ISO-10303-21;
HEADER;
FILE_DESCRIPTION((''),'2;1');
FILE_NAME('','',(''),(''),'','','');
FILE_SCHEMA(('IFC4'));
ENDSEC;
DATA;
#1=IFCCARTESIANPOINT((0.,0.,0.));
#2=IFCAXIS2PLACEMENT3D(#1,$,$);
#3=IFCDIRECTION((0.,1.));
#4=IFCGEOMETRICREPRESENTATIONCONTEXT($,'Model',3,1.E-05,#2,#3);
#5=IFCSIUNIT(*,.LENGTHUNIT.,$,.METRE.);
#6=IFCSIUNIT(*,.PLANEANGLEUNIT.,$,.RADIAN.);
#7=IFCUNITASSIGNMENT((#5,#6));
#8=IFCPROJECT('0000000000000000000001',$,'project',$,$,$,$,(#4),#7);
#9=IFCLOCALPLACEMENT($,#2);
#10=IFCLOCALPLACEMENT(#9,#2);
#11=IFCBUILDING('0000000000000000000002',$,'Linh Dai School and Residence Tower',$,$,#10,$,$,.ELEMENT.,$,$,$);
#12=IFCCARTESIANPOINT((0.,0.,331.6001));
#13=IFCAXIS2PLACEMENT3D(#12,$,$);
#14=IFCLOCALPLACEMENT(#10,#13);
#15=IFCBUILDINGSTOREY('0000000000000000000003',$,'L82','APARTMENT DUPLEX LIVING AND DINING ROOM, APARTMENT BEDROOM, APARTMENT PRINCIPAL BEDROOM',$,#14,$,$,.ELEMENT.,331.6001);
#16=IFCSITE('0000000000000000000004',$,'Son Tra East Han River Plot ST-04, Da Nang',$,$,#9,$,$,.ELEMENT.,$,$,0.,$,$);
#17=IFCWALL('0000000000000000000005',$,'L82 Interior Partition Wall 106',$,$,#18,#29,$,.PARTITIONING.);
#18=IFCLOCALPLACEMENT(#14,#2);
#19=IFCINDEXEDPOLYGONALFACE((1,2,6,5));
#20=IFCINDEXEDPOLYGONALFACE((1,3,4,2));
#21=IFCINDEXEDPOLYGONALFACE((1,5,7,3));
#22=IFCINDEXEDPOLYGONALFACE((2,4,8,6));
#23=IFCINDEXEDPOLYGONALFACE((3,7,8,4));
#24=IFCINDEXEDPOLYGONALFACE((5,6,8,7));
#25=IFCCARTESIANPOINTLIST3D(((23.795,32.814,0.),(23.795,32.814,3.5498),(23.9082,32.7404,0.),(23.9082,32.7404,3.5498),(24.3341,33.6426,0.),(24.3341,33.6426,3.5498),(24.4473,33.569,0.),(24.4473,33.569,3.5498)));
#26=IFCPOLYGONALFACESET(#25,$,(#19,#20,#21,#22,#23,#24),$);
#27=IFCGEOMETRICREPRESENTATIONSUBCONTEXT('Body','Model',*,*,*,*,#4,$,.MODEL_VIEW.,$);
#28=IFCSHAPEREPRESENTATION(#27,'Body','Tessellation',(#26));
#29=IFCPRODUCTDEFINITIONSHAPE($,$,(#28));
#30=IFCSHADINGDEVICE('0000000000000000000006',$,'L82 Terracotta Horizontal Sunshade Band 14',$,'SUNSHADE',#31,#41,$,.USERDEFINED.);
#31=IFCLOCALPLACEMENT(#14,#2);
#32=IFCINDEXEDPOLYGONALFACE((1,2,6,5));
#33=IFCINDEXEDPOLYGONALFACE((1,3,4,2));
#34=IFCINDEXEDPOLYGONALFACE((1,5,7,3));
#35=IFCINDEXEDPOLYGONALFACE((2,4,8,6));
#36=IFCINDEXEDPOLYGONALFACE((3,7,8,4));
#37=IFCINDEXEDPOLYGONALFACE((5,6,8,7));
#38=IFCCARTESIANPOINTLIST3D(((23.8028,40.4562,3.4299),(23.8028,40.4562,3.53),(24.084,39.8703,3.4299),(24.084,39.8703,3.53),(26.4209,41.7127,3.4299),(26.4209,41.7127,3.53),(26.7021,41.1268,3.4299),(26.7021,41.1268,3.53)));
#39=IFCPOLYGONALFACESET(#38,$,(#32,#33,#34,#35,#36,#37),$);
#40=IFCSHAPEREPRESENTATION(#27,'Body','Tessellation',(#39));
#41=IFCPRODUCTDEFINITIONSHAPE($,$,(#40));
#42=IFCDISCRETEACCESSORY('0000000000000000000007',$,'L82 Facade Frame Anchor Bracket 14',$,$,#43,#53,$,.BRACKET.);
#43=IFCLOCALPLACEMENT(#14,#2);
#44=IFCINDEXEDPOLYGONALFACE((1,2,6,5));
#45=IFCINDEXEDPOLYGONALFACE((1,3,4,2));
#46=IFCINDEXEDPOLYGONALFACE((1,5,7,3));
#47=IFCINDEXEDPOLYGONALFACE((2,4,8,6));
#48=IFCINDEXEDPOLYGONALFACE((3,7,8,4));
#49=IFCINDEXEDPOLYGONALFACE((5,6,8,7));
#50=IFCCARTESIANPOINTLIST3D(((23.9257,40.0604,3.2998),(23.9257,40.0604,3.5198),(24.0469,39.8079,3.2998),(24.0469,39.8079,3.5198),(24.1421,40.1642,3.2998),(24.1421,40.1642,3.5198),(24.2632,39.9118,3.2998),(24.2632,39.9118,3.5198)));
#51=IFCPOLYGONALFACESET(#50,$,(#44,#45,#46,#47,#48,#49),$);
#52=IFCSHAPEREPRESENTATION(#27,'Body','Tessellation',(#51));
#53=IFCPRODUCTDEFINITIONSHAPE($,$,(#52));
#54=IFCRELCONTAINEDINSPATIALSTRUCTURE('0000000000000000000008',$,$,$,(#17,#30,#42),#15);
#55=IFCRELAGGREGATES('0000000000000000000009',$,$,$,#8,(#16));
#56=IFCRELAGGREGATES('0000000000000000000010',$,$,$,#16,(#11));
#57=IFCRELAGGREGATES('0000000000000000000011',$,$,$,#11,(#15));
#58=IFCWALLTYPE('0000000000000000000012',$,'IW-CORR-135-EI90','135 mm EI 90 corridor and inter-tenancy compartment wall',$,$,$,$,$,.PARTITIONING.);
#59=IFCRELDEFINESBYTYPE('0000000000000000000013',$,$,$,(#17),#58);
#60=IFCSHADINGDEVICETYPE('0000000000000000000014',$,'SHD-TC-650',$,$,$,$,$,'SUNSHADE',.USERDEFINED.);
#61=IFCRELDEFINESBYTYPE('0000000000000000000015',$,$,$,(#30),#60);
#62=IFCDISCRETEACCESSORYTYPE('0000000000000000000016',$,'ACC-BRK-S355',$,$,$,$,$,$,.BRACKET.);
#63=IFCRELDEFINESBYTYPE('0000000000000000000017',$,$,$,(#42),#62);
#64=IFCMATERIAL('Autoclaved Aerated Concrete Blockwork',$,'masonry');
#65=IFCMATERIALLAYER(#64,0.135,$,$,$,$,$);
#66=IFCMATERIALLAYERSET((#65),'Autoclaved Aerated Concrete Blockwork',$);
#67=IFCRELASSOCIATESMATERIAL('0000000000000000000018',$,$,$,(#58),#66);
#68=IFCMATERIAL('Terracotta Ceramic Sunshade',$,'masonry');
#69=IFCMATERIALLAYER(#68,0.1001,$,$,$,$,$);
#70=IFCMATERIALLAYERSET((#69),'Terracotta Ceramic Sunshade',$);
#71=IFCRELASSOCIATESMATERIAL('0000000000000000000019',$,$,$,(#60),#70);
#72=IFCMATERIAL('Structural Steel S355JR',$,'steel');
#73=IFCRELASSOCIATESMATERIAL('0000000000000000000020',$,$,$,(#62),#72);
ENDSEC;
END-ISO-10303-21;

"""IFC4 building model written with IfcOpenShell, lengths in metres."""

from ifc_helpers import new_model, si_unit, direction, frame, frame_2d, origin, origin_2d, place, context, subcontext, project, spatial, rectangle, extrude, source, transform, mapped, material, layer, layer_set, type_object, element, save


model = new_model("IFC4")

# Units and contexts
model_context = context("Model", 3, precision=1e-05, world=origin(), true_north=direction((0.0, 1.0)))
body_context = subcontext(model_context, "Body", "Model", "MODEL_VIEW")
ifc_project = project(units=[si_unit("LENGTHUNIT", "METRE"), si_unit("PLANEANGLEUNIT", "RADIAN")], contexts=[model_context])

# Site, building, storey
site_placement = place(None, origin())
site = spatial("IfcSite", under=ifc_project, at=site_placement, Name="Son Tra East Han River Plot ST-04, Da Nang", CompositionType="ELEMENT", RefElevation=0.0)
building_placement = place(site_placement, origin())
building = spatial("IfcBuilding", under=site, at=building_placement, Name="Linh Dai School and Residence Tower", CompositionType="ELEMENT")
storey_placement = place(building_placement, frame((0.0, 0.0, 331.6001)))
storey = spatial("IfcBuildingStorey", under=building, at=storey_placement, Name="L82", Description="APARTMENT DUPLEX LIVING AND DINING ROOM, APARTMENT BEDROOM, APARTMENT PRINCIPAL BEDROOM", CompositionType="ELEMENT", Elevation=331.6001)

# Shared definitions
ifc_material_1 = material(Name="Structural Steel S355JR", Category="steel")

# Shared definitions
ifc_material_2 = material(Name="Autoclaved Aerated Concrete Blockwork", Category="masonry")
ifc_layer_1 = layer(ifc_material_2, 0.135)
ifc_layer_set_1 = layer_set([ifc_layer_1], Name="Autoclaved Aerated Concrete Blockwork")
wall_type_1 = type_object("IfcWallType", Name="IW-CORR-135-EI90", Description="135 mm EI 90 corridor and inter-tenancy compartment wall", PredefinedType="PARTITIONING", material=ifc_layer_set_1)

# Wall
wall_1_placement = place(storey_placement, frame((24.3906, 33.6057, 0.0), z_axis=(0.0, 0.0, 1.0), x_axis=(-0.545318, -0.838229, 0.0)))
element("IfcWall", 1, at=wall_1_placement, inside=storey, type_object=wall_type_1, Name="L82 Interior Partition Wall 106", PredefinedType="PARTITIONING", context=body_context, shape_type="SweptSolid", body=[
    extrude(rectangle(XDim=0.9885, YDim=0.135, at=frame_2d((0.4941, 0.0))), origin(), (0.0, 0.0, 1.0), 3.5498),
])

# Shading device
ifc_material_3 = material(Name="Terracotta Ceramic Sunshade", Category="masonry")
ifc_layer_2 = layer(ifc_material_3, 0.1001)
ifc_layer_set_2 = layer_set([ifc_layer_2], Name="Terracotta Ceramic Sunshade")
shading_device_type = type_object("IfcShadingDeviceType", Name="SHD-TC-650", ElementType="SUNSHADE", PredefinedType="USERDEFINED", material=ifc_layer_set_2)
shared_shape_1 = source(origin(), body_context, "Body", "SweptSolid", [
    extrude(rectangle(XDim=2.9041, YDim=0.6499, at=origin_2d()), origin(), (0.0, 0.0, 1.0), 0.1001),
])
shading_device_placement = place(storey_placement, frame((25.2524, 40.7915, 3.4299), z_axis=(0.0, 0.0, 1.0), x_axis=(0.901551, 0.432674, 0.0)))
element("IfcShadingDevice", 2, at=shading_device_placement, inside=storey, type_object=shading_device_type, Name="L82 Terracotta Horizontal Sunshade Band 14", ObjectType="SUNSHADE", PredefinedType="USERDEFINED", context=body_context, shape_type="MappedRepresentation", body=[
    mapped(shared_shape_1, transform((0.0, 0.0, 0.0), x_axis=(1.0, 0.0, 0.0), y_axis=(0.0, 1.0, 0.0), z_axis=(0.0, 0.0, 1.0), scale=1.0)),
])

# Discrete accessory
discrete_accessory_type = type_object("IfcDiscreteAccessoryType", Name="ACC-BRK-S355", PredefinedType="BRACKET", material=ifc_material_1)
shared_shape_2 = source(origin(), body_context, "Body", "SweptSolid", [
    extrude(rectangle(XDim=0.28, YDim=0.24, at=origin_2d()), origin(), (0.0, 0.0, 1.0), 0.22),
])
discrete_accessory_placement = place(storey_placement, frame((24.0945, 39.9861, 3.2998), z_axis=(0.0, 0.0, 1.0), x_axis=(-0.432674, 0.901551, 0.0)))
element("IfcDiscreteAccessory", 3, at=discrete_accessory_placement, inside=storey, type_object=discrete_accessory_type, Name="L82 Facade Frame Anchor Bracket 14", PredefinedType="BRACKET", context=body_context, shape_type="MappedRepresentation", body=[
    mapped(shared_shape_2, transform((0.0, 0.0, 0.0), x_axis=(1.0, 0.0, 0.0), y_axis=(0.0, 1.0, 0.0), z_axis=(0.0, 0.0, 1.0), scale=1.0)),
])

save(model, "model.ifc")
